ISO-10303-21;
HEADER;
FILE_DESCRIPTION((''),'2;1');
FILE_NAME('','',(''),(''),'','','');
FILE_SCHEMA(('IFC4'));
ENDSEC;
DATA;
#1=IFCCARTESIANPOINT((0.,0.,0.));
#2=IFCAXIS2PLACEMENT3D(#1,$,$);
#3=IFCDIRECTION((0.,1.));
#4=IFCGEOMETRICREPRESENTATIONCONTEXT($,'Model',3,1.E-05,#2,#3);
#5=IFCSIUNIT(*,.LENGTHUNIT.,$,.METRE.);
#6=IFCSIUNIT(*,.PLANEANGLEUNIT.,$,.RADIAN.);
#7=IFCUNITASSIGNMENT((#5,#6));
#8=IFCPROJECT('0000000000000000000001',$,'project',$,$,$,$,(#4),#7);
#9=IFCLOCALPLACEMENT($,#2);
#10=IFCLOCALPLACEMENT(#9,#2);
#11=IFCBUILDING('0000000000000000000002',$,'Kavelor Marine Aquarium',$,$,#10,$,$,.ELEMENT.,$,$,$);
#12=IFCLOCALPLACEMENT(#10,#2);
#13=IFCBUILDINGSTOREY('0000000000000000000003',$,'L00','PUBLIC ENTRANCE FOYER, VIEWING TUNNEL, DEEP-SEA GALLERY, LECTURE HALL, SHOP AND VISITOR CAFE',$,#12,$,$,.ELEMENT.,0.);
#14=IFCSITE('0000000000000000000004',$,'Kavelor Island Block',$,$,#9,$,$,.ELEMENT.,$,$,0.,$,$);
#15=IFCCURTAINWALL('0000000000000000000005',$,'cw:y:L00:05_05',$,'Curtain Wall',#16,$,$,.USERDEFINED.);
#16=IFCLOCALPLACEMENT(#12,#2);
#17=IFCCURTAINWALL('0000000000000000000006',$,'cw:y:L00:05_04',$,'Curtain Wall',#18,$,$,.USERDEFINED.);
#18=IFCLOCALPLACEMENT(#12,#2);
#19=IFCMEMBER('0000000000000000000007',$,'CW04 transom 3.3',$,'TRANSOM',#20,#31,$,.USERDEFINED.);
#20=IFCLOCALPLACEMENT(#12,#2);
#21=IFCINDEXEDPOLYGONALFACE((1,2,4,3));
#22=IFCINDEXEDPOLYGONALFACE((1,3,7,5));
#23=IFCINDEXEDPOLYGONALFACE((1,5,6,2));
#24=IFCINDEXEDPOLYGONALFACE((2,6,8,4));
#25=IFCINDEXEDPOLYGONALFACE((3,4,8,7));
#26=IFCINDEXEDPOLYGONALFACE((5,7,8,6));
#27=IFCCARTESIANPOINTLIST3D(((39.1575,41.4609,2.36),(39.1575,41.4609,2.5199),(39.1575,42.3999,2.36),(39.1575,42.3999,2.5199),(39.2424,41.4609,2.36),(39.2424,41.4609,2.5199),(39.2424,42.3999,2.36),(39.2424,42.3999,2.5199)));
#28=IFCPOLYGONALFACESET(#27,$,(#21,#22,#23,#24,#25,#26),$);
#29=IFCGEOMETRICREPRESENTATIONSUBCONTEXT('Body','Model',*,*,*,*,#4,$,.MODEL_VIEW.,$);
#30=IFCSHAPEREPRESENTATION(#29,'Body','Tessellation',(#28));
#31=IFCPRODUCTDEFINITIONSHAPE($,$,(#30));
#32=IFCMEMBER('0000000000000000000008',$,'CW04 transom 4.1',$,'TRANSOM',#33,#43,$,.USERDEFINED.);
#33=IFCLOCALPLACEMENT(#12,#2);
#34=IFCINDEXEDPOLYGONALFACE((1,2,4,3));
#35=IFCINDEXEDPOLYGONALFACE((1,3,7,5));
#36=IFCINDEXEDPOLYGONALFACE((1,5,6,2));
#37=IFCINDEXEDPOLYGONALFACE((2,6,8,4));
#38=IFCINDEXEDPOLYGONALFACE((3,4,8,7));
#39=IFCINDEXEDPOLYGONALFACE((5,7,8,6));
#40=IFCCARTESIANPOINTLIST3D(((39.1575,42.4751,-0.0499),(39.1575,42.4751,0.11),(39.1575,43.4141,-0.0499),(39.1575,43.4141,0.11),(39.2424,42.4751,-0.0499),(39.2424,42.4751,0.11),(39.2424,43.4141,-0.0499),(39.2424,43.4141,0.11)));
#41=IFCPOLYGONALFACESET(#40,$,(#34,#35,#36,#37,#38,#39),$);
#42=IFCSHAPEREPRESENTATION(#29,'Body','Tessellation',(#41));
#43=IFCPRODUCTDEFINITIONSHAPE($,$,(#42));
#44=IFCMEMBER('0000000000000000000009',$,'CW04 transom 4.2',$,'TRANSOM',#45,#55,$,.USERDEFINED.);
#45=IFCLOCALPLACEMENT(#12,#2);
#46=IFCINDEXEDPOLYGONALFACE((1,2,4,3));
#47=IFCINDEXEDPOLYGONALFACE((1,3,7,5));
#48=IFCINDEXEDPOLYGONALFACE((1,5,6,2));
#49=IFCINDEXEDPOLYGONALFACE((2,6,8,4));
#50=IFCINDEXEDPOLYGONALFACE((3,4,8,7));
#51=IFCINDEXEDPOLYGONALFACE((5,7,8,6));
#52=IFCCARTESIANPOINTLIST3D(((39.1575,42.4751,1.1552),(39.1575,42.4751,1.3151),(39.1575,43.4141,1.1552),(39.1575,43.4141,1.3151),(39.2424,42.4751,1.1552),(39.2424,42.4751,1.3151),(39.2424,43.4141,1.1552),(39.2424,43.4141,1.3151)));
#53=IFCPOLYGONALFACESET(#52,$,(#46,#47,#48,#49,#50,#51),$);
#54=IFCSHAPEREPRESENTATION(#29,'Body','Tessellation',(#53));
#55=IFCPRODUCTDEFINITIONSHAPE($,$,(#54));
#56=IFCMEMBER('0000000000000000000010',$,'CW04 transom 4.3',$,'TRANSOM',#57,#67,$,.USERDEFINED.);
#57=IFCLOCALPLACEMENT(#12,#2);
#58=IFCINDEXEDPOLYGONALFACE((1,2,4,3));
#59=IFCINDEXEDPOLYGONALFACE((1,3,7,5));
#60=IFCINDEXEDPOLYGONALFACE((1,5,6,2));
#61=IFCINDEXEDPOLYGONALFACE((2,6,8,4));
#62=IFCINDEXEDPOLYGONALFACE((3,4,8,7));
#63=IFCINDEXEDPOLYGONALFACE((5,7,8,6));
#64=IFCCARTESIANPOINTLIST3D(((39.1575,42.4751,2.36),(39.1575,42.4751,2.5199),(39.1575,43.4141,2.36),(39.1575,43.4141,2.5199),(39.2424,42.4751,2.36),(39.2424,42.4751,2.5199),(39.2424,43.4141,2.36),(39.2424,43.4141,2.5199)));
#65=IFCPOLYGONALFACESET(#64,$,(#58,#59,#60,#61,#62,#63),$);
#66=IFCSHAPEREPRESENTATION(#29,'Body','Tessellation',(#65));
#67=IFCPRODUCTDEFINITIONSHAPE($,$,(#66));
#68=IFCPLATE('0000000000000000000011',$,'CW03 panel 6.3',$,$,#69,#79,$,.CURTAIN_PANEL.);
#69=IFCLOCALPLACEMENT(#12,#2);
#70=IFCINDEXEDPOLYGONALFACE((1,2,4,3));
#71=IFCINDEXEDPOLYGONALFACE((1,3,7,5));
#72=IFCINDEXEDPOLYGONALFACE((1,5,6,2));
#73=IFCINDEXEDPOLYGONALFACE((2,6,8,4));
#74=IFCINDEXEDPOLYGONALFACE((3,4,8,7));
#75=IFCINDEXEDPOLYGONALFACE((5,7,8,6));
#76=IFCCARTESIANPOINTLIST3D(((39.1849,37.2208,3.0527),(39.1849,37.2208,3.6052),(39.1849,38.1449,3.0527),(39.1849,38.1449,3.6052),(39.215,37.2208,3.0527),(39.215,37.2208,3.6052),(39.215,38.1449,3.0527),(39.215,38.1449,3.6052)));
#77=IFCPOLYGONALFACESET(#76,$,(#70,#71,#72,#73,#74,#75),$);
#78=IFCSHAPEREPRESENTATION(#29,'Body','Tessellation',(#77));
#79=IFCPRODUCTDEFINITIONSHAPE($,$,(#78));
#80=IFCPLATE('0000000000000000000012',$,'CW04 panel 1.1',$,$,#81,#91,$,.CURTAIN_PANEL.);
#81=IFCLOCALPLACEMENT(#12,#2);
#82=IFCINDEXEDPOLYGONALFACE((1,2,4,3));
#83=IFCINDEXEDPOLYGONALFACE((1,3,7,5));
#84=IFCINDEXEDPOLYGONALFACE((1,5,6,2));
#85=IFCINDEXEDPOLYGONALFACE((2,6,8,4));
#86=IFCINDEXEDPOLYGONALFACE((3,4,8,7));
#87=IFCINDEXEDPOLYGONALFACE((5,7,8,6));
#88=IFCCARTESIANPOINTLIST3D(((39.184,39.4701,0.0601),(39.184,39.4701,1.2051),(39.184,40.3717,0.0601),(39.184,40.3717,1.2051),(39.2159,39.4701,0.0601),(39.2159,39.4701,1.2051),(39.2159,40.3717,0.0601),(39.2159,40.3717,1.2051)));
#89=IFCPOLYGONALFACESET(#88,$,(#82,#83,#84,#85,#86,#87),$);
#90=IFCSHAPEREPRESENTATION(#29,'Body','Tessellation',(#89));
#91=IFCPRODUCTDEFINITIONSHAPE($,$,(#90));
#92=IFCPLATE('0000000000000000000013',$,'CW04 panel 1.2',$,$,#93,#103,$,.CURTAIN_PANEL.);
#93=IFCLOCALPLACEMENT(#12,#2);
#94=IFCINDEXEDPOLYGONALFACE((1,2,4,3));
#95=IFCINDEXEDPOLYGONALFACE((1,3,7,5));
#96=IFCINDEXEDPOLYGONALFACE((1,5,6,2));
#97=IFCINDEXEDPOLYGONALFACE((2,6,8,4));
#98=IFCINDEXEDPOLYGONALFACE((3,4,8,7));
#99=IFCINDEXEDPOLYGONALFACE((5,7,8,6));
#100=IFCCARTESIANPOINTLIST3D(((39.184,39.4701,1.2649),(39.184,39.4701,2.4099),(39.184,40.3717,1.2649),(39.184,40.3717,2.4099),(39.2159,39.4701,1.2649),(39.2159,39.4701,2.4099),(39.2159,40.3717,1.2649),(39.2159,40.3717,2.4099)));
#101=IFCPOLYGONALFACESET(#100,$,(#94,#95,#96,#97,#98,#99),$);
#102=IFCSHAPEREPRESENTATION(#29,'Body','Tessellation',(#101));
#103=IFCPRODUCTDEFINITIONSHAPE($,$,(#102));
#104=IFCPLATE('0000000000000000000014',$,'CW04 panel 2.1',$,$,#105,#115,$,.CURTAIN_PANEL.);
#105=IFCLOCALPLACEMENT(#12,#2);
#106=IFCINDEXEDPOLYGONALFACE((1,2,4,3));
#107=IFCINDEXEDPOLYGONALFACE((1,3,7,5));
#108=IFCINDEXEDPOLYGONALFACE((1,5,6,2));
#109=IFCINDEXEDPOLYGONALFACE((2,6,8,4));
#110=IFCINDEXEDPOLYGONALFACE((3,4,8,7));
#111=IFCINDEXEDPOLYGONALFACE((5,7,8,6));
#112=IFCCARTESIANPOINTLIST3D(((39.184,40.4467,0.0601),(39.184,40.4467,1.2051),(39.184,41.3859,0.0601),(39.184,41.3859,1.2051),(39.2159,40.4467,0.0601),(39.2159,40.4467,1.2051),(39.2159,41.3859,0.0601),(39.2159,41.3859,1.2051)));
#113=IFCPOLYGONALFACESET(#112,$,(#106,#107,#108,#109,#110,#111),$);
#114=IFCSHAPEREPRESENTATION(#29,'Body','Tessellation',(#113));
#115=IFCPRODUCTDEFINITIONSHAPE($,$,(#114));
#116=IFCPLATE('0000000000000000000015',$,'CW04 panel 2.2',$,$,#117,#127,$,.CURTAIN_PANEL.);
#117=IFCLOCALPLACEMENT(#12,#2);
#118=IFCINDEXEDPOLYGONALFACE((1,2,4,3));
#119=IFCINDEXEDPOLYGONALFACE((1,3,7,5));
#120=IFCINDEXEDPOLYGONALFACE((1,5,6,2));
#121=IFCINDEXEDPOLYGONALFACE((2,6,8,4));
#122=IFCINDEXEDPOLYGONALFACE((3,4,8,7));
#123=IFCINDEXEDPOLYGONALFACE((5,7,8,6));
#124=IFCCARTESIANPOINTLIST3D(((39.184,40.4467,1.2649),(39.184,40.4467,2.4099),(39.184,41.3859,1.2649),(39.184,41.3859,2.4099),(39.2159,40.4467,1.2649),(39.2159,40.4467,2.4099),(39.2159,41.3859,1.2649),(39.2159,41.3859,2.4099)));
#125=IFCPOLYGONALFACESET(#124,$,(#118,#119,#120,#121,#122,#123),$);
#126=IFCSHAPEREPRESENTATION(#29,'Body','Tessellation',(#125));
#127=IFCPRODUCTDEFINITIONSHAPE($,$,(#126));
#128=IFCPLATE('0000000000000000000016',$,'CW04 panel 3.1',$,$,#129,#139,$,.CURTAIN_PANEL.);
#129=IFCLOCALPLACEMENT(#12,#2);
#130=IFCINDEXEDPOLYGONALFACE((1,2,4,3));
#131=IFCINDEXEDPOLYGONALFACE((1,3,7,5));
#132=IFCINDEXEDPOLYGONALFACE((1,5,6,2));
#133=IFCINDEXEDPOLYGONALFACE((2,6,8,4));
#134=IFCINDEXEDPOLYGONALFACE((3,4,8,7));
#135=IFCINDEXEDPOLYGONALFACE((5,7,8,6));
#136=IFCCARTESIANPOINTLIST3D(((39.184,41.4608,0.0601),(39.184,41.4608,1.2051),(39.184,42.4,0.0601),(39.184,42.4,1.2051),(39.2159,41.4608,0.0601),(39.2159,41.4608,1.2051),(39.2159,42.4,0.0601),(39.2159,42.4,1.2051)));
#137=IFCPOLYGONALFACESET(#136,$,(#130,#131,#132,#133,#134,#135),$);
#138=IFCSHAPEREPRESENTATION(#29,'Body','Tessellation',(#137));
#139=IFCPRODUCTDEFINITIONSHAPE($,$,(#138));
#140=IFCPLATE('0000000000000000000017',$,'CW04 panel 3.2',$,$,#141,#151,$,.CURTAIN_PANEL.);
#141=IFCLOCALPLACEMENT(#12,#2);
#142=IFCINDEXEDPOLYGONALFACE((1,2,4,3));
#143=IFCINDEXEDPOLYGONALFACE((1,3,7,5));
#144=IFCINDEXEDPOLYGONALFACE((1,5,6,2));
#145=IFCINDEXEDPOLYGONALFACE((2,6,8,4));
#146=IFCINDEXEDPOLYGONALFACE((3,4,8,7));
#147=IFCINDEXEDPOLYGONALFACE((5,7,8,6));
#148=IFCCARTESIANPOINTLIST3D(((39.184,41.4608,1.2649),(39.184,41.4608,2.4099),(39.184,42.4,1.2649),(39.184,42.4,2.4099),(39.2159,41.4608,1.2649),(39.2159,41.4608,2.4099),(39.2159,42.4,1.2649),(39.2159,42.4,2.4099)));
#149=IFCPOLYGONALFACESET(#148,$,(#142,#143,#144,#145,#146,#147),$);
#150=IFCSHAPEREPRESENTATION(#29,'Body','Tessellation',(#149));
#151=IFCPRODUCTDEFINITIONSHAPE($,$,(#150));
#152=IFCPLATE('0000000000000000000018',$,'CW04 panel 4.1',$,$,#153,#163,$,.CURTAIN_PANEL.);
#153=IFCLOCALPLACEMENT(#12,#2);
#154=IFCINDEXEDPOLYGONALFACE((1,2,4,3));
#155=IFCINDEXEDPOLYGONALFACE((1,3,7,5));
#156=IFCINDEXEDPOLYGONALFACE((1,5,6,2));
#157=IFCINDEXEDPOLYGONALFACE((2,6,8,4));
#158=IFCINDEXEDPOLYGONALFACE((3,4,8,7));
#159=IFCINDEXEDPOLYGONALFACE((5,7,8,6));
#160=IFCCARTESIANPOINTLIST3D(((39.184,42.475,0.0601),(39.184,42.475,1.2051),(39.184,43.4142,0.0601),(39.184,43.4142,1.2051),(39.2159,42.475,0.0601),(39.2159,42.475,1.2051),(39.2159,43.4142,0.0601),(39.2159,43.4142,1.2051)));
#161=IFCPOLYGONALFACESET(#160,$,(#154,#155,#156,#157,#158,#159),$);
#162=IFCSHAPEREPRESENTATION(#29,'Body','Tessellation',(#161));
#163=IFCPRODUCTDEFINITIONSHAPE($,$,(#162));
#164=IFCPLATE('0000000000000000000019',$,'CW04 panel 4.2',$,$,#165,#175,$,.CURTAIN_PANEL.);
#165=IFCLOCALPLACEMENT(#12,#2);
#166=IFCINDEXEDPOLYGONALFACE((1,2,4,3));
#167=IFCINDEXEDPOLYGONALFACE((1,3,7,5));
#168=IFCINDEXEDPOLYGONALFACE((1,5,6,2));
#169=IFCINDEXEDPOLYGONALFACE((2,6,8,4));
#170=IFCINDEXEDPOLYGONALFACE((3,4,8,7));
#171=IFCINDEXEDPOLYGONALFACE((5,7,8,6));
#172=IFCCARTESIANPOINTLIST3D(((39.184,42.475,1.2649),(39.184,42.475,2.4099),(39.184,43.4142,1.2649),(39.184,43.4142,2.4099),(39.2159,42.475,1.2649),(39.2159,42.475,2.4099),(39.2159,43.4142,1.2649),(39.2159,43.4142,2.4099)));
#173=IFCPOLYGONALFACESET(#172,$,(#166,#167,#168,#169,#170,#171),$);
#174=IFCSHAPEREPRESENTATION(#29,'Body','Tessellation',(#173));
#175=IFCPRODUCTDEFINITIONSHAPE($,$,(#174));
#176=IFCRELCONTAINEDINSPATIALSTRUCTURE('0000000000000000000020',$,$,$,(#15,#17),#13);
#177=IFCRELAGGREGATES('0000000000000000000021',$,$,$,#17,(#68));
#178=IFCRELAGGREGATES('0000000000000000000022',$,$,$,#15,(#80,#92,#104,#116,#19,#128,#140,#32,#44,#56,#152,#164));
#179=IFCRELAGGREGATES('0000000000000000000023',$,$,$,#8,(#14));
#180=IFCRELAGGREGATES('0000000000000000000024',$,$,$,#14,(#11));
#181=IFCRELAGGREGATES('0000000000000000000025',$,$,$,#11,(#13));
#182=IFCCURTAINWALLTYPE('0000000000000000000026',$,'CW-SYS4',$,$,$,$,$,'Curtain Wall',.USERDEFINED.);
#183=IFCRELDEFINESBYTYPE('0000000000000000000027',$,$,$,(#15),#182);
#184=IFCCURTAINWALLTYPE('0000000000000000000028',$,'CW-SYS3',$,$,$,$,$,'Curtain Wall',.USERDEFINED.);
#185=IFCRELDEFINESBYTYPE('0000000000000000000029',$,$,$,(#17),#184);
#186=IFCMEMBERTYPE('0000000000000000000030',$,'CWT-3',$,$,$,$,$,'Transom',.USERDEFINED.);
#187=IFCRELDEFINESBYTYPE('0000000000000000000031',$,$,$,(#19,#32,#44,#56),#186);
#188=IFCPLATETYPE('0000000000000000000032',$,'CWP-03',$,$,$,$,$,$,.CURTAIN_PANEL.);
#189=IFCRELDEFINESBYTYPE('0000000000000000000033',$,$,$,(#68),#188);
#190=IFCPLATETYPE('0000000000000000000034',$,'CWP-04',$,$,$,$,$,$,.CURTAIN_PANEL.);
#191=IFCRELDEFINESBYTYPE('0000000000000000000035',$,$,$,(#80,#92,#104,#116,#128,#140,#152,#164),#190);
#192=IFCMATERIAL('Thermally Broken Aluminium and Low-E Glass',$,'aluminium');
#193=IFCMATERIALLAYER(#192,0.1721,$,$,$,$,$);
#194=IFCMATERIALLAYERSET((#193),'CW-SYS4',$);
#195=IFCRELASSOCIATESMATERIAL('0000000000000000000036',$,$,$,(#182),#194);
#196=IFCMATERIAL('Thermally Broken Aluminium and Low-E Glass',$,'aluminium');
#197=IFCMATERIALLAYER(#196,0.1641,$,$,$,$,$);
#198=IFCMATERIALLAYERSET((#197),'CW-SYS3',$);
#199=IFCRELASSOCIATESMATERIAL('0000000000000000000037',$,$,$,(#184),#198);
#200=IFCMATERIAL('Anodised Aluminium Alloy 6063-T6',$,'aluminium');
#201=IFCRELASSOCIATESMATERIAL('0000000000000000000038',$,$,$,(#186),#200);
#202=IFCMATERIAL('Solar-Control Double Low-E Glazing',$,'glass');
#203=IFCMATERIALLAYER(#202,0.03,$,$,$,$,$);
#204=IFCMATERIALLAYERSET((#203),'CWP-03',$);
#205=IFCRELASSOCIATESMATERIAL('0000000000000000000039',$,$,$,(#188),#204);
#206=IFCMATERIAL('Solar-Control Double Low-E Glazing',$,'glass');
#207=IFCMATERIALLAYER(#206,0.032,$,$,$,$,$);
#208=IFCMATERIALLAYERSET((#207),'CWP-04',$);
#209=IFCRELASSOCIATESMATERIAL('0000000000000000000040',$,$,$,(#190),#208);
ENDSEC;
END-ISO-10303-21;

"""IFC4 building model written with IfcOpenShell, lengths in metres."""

from ifc_helpers import new_model, si_unit, direction, frame, origin, origin_2d, place, context, subcontext, project, spatial, rectangle, extrude, material, layer, layer_set, material_profile, profile_set, type_object, element, aggregate, save


model = new_model("IFC4")

# Units and contexts
model_context = context("Model", 3, precision=1e-05, world=origin(), true_north=direction((0.0, 1.0)))
body_context = subcontext(model_context, "Body", "Model", "MODEL_VIEW")
ifc_project = project(units=[si_unit("LENGTHUNIT", "METRE"), si_unit("PLANEANGLEUNIT", "RADIAN")], contexts=[model_context])

# Site, building, storey
site_placement = place(None, origin())
site = spatial("IfcSite", under=ifc_project, at=site_placement, Name="Kavelor Island Block", CompositionType="ELEMENT", RefElevation=0.0)
building_placement = place(site_placement, origin())
building = spatial("IfcBuilding", under=site, at=building_placement, Name="Kavelor Marine Aquarium", CompositionType="ELEMENT")
storey_placement = place(building_placement, origin())
storey = spatial("IfcBuildingStorey", under=building, at=storey_placement, Name="L00", Description="PUBLIC ENTRANCE FOYER, VIEWING TUNNEL, DEEP-SEA GALLERY, LECTURE HALL, SHOP AND VISITOR CAFE", CompositionType="ELEMENT", Elevation=0.0)

# Curtain wall
ifc_material_1 = material(Name="Thermally Broken Aluminium and Low-E Glass", Category="aluminium")
ifc_layer_1 = layer(ifc_material_1, 0.1721)
ifc_layer_set_1 = layer_set([ifc_layer_1], Name="CW-SYS4")
curtain_wall_type_1 = type_object("IfcCurtainWallType", Name="CW-SYS4", ElementType="Curtain Wall", PredefinedType="USERDEFINED", material=ifc_layer_set_1)
curtain_wall_1_placement = place(storey_placement, origin())
curtain_wall_1 = element("IfcCurtainWall", 1, at=curtain_wall_1_placement, inside=storey, type_object=curtain_wall_type_1, Name="cw:y:L00:05_05", ObjectType="Curtain Wall", PredefinedType="USERDEFINED")

# Curtain wall
ifc_material_2 = material(Name="Thermally Broken Aluminium and Low-E Glass", Category="aluminium")
ifc_layer_2 = layer(ifc_material_2, 0.1641)
ifc_layer_set_2 = layer_set([ifc_layer_2], Name="CW-SYS3")
curtain_wall_type_2 = type_object("IfcCurtainWallType", Name="CW-SYS3", ElementType="Curtain Wall", PredefinedType="USERDEFINED", material=ifc_layer_set_2)
curtain_wall_2_placement = place(storey_placement, origin())
curtain_wall_2 = element("IfcCurtainWall", 2, at=curtain_wall_2_placement, inside=storey, type_object=curtain_wall_type_2, Name="cw:y:L00:05_04", ObjectType="Curtain Wall", PredefinedType="USERDEFINED")

# Members
ifc_material_3 = material(Name="Anodised Aluminium Alloy 6063-T6", Category="aluminium")
ifc_material_profile_1 = material_profile(ifc_material_3, rectangle(XDim=0.085, YDim=0.1599, at=origin_2d()), Name="CW-TRN 85x160")
ifc_profile_set_1 = profile_set([ifc_material_profile_1], Name="Anodised Aluminium Alloy 6063-T6")
member_type_1 = type_object("IfcMemberType", Name="CWT-3", ElementType="Transom", PredefinedType="USERDEFINED", material=ifc_profile_set_1)
member_1_placement = place(storey_placement, frame((39.2, 41.4609, 2.4399), z_axis=(0.0, 1.0, 0.0), x_axis=(-1.0, 0.0, 0.0)))
member_1 = element("IfcMember", 3, at=member_1_placement, type_object=member_type_1, Name="CW04 transom 3.3", ObjectType="TRANSOM", PredefinedType="USERDEFINED", context=body_context, shape_type="SweptSolid", body=[
    extrude(rectangle(XDim=0.085, YDim=0.1599, at=origin_2d()), origin(), (0.0, 0.0, 1.0), 0.939),
])
member_2_placement = place(storey_placement, frame((39.2, 42.4751, 0.03), z_axis=(0.0, 1.0, 0.0), x_axis=(-1.0, 0.0, 0.0)))
member_2 = element("IfcMember", 4, at=member_2_placement, type_object=member_type_1, Name="CW04 transom 4.1", ObjectType="TRANSOM", PredefinedType="USERDEFINED", context=body_context, shape_type="SweptSolid", body=[
    extrude(rectangle(XDim=0.085, YDim=0.1599, at=origin_2d()), origin(), (0.0, 0.0, 1.0), 0.939),
])
member_3_placement = place(storey_placement, frame((39.2, 42.4751, 1.2351), z_axis=(0.0, 1.0, 0.0), x_axis=(-1.0, 0.0, 0.0)))
member_3 = element("IfcMember", 5, at=member_3_placement, type_object=member_type_1, Name="CW04 transom 4.2", ObjectType="TRANSOM", PredefinedType="USERDEFINED", context=body_context, shape_type="SweptSolid", body=[
    extrude(rectangle(XDim=0.085, YDim=0.1599, at=origin_2d()), origin(), (0.0, 0.0, 1.0), 0.939),
])
member_4_placement = place(storey_placement, frame((39.2, 42.4751, 2.4399), z_axis=(0.0, 1.0, 0.0), x_axis=(-1.0, 0.0, 0.0)))
member_4 = element("IfcMember", 6, at=member_4_placement, type_object=member_type_1, Name="CW04 transom 4.3", ObjectType="TRANSOM", PredefinedType="USERDEFINED", context=body_context, shape_type="SweptSolid", body=[
    extrude(rectangle(XDim=0.085, YDim=0.1599, at=origin_2d()), origin(), (0.0, 0.0, 1.0), 0.939),
])

# Plates
ifc_material_4 = material(Name="Solar-Control Double Low-E Glazing", Category="glass")
ifc_layer_3 = layer(ifc_material_4, 0.03)
ifc_layer_set_3 = layer_set([ifc_layer_3], Name="CWP-03")
plate_type_1 = type_object("IfcPlateType", Name="CWP-03", PredefinedType="CURTAIN_PANEL", material=ifc_layer_set_3)
plate_1_placement = place(storey_placement, frame((39.2, 37.6829, 3.0527), z_axis=(0.0, 0.0, 1.0), x_axis=(0.0, 1.0, 0.0)))
plate_1 = element("IfcPlate", 7, at=plate_1_placement, type_object=plate_type_1, Name="CW03 panel 6.3", PredefinedType="CURTAIN_PANEL", context=body_context, shape_type="SweptSolid", body=[
    extrude(rectangle(XDim=0.9241, YDim=0.03, at=origin_2d()), origin(), (0.0, 0.0, 1.0), 0.5525),
])
aggregate(curtain_wall_2, [plate_1])
ifc_material_5 = material(Name="Solar-Control Double Low-E Glazing", Category="glass")
ifc_layer_4 = layer(ifc_material_5, 0.032)
ifc_layer_set_4 = layer_set([ifc_layer_4], Name="CWP-04")
plate_type_2 = type_object("IfcPlateType", Name="CWP-04", PredefinedType="CURTAIN_PANEL", material=ifc_layer_set_4)
plate_2_placement = place(storey_placement, frame((39.2, 39.9209, 0.0601), z_axis=(0.0, 0.0, 1.0), x_axis=(0.0, 1.0, 0.0)))
plate_2 = element("IfcPlate", 8, at=plate_2_placement, type_object=plate_type_2, Name="CW04 panel 1.1", PredefinedType="CURTAIN_PANEL", context=body_context, shape_type="SweptSolid", body=[
    extrude(rectangle(XDim=0.9016, YDim=0.032, at=origin_2d()), origin(), (0.0, 0.0, 1.0), 1.145),
])
plate_3_placement = place(storey_placement, frame((39.2, 39.9209, 1.2649), z_axis=(0.0, 0.0, 1.0), x_axis=(0.0, 1.0, 0.0)))
plate_3 = element("IfcPlate", 9, at=plate_3_placement, type_object=plate_type_2, Name="CW04 panel 1.2", PredefinedType="CURTAIN_PANEL", context=body_context, shape_type="SweptSolid", body=[
    extrude(rectangle(XDim=0.9016, YDim=0.032, at=origin_2d()), origin(), (0.0, 0.0, 1.0), 1.145),
])
plate_4_placement = place(storey_placement, frame((39.2, 40.9163, 0.0601), z_axis=(0.0, 0.0, 1.0), x_axis=(0.0, 1.0, 0.0)))
plate_4 = element("IfcPlate", 10, at=plate_4_placement, type_object=plate_type_2, Name="CW04 panel 2.1", PredefinedType="CURTAIN_PANEL", context=body_context, shape_type="SweptSolid", body=[
    extrude(rectangle(XDim=0.9392, YDim=0.032, at=origin_2d()), origin(), (0.0, 0.0, 1.0), 1.145),
])
plate_5_placement = place(storey_placement, frame((39.2, 40.9163, 1.2649), z_axis=(0.0, 0.0, 1.0), x_axis=(0.0, 1.0, 0.0)))
plate_5 = element("IfcPlate", 11, at=plate_5_placement, type_object=plate_type_2, Name="CW04 panel 2.2", PredefinedType="CURTAIN_PANEL", context=body_context, shape_type="SweptSolid", body=[
    extrude(rectangle(XDim=0.9392, YDim=0.032, at=origin_2d()), origin(), (0.0, 0.0, 1.0), 1.145),
])
plate_6_placement = place(storey_placement, frame((39.2, 41.9304, 0.0601), z_axis=(0.0, 0.0, 1.0), x_axis=(0.0, 1.0, 0.0)))
plate_6 = element("IfcPlate", 12, at=plate_6_placement, type_object=plate_type_2, Name="CW04 panel 3.1", PredefinedType="CURTAIN_PANEL", context=body_context, shape_type="SweptSolid", body=[
    extrude(rectangle(XDim=0.9392, YDim=0.032, at=origin_2d()), origin(), (0.0, 0.0, 1.0), 1.145),
])
plate_7_placement = place(storey_placement, frame((39.2, 41.9304, 1.2649), z_axis=(0.0, 0.0, 1.0), x_axis=(0.0, 1.0, 0.0)))
plate_7 = element("IfcPlate", 13, at=plate_7_placement, type_object=plate_type_2, Name="CW04 panel 3.2", PredefinedType="CURTAIN_PANEL", context=body_context, shape_type="SweptSolid", body=[
    extrude(rectangle(XDim=0.9392, YDim=0.032, at=origin_2d()), origin(), (0.0, 0.0, 1.0), 1.145),
])
plate_8_placement = place(storey_placement, frame((39.2, 42.9446, 0.0601), z_axis=(0.0, 0.0, 1.0), x_axis=(0.0, 1.0, 0.0)))
plate_8 = element("IfcPlate", 14, at=plate_8_placement, type_object=plate_type_2, Name="CW04 panel 4.1", PredefinedType="CURTAIN_PANEL", context=body_context, shape_type="SweptSolid", body=[
    extrude(rectangle(XDim=0.9392, YDim=0.032, at=origin_2d()), origin(), (0.0, 0.0, 1.0), 1.145),
])
plate_9_placement = place(storey_placement, frame((39.2, 42.9446, 1.2649), z_axis=(0.0, 0.0, 1.0), x_axis=(0.0, 1.0, 0.0)))
plate_9 = element("IfcPlate", 15, at=plate_9_placement, type_object=plate_type_2, Name="CW04 panel 4.2", PredefinedType="CURTAIN_PANEL", context=body_context, shape_type="SweptSolid", body=[
    extrude(rectangle(XDim=0.9392, YDim=0.032, at=origin_2d()), origin(), (0.0, 0.0, 1.0), 1.145),
])
aggregate(curtain_wall_1, [plate_2, plate_3, plate_4, plate_5, member_1, plate_6, plate_7, member_2, member_3, member_4, plate_8, plate_9])

save(model, "model.ifc")
